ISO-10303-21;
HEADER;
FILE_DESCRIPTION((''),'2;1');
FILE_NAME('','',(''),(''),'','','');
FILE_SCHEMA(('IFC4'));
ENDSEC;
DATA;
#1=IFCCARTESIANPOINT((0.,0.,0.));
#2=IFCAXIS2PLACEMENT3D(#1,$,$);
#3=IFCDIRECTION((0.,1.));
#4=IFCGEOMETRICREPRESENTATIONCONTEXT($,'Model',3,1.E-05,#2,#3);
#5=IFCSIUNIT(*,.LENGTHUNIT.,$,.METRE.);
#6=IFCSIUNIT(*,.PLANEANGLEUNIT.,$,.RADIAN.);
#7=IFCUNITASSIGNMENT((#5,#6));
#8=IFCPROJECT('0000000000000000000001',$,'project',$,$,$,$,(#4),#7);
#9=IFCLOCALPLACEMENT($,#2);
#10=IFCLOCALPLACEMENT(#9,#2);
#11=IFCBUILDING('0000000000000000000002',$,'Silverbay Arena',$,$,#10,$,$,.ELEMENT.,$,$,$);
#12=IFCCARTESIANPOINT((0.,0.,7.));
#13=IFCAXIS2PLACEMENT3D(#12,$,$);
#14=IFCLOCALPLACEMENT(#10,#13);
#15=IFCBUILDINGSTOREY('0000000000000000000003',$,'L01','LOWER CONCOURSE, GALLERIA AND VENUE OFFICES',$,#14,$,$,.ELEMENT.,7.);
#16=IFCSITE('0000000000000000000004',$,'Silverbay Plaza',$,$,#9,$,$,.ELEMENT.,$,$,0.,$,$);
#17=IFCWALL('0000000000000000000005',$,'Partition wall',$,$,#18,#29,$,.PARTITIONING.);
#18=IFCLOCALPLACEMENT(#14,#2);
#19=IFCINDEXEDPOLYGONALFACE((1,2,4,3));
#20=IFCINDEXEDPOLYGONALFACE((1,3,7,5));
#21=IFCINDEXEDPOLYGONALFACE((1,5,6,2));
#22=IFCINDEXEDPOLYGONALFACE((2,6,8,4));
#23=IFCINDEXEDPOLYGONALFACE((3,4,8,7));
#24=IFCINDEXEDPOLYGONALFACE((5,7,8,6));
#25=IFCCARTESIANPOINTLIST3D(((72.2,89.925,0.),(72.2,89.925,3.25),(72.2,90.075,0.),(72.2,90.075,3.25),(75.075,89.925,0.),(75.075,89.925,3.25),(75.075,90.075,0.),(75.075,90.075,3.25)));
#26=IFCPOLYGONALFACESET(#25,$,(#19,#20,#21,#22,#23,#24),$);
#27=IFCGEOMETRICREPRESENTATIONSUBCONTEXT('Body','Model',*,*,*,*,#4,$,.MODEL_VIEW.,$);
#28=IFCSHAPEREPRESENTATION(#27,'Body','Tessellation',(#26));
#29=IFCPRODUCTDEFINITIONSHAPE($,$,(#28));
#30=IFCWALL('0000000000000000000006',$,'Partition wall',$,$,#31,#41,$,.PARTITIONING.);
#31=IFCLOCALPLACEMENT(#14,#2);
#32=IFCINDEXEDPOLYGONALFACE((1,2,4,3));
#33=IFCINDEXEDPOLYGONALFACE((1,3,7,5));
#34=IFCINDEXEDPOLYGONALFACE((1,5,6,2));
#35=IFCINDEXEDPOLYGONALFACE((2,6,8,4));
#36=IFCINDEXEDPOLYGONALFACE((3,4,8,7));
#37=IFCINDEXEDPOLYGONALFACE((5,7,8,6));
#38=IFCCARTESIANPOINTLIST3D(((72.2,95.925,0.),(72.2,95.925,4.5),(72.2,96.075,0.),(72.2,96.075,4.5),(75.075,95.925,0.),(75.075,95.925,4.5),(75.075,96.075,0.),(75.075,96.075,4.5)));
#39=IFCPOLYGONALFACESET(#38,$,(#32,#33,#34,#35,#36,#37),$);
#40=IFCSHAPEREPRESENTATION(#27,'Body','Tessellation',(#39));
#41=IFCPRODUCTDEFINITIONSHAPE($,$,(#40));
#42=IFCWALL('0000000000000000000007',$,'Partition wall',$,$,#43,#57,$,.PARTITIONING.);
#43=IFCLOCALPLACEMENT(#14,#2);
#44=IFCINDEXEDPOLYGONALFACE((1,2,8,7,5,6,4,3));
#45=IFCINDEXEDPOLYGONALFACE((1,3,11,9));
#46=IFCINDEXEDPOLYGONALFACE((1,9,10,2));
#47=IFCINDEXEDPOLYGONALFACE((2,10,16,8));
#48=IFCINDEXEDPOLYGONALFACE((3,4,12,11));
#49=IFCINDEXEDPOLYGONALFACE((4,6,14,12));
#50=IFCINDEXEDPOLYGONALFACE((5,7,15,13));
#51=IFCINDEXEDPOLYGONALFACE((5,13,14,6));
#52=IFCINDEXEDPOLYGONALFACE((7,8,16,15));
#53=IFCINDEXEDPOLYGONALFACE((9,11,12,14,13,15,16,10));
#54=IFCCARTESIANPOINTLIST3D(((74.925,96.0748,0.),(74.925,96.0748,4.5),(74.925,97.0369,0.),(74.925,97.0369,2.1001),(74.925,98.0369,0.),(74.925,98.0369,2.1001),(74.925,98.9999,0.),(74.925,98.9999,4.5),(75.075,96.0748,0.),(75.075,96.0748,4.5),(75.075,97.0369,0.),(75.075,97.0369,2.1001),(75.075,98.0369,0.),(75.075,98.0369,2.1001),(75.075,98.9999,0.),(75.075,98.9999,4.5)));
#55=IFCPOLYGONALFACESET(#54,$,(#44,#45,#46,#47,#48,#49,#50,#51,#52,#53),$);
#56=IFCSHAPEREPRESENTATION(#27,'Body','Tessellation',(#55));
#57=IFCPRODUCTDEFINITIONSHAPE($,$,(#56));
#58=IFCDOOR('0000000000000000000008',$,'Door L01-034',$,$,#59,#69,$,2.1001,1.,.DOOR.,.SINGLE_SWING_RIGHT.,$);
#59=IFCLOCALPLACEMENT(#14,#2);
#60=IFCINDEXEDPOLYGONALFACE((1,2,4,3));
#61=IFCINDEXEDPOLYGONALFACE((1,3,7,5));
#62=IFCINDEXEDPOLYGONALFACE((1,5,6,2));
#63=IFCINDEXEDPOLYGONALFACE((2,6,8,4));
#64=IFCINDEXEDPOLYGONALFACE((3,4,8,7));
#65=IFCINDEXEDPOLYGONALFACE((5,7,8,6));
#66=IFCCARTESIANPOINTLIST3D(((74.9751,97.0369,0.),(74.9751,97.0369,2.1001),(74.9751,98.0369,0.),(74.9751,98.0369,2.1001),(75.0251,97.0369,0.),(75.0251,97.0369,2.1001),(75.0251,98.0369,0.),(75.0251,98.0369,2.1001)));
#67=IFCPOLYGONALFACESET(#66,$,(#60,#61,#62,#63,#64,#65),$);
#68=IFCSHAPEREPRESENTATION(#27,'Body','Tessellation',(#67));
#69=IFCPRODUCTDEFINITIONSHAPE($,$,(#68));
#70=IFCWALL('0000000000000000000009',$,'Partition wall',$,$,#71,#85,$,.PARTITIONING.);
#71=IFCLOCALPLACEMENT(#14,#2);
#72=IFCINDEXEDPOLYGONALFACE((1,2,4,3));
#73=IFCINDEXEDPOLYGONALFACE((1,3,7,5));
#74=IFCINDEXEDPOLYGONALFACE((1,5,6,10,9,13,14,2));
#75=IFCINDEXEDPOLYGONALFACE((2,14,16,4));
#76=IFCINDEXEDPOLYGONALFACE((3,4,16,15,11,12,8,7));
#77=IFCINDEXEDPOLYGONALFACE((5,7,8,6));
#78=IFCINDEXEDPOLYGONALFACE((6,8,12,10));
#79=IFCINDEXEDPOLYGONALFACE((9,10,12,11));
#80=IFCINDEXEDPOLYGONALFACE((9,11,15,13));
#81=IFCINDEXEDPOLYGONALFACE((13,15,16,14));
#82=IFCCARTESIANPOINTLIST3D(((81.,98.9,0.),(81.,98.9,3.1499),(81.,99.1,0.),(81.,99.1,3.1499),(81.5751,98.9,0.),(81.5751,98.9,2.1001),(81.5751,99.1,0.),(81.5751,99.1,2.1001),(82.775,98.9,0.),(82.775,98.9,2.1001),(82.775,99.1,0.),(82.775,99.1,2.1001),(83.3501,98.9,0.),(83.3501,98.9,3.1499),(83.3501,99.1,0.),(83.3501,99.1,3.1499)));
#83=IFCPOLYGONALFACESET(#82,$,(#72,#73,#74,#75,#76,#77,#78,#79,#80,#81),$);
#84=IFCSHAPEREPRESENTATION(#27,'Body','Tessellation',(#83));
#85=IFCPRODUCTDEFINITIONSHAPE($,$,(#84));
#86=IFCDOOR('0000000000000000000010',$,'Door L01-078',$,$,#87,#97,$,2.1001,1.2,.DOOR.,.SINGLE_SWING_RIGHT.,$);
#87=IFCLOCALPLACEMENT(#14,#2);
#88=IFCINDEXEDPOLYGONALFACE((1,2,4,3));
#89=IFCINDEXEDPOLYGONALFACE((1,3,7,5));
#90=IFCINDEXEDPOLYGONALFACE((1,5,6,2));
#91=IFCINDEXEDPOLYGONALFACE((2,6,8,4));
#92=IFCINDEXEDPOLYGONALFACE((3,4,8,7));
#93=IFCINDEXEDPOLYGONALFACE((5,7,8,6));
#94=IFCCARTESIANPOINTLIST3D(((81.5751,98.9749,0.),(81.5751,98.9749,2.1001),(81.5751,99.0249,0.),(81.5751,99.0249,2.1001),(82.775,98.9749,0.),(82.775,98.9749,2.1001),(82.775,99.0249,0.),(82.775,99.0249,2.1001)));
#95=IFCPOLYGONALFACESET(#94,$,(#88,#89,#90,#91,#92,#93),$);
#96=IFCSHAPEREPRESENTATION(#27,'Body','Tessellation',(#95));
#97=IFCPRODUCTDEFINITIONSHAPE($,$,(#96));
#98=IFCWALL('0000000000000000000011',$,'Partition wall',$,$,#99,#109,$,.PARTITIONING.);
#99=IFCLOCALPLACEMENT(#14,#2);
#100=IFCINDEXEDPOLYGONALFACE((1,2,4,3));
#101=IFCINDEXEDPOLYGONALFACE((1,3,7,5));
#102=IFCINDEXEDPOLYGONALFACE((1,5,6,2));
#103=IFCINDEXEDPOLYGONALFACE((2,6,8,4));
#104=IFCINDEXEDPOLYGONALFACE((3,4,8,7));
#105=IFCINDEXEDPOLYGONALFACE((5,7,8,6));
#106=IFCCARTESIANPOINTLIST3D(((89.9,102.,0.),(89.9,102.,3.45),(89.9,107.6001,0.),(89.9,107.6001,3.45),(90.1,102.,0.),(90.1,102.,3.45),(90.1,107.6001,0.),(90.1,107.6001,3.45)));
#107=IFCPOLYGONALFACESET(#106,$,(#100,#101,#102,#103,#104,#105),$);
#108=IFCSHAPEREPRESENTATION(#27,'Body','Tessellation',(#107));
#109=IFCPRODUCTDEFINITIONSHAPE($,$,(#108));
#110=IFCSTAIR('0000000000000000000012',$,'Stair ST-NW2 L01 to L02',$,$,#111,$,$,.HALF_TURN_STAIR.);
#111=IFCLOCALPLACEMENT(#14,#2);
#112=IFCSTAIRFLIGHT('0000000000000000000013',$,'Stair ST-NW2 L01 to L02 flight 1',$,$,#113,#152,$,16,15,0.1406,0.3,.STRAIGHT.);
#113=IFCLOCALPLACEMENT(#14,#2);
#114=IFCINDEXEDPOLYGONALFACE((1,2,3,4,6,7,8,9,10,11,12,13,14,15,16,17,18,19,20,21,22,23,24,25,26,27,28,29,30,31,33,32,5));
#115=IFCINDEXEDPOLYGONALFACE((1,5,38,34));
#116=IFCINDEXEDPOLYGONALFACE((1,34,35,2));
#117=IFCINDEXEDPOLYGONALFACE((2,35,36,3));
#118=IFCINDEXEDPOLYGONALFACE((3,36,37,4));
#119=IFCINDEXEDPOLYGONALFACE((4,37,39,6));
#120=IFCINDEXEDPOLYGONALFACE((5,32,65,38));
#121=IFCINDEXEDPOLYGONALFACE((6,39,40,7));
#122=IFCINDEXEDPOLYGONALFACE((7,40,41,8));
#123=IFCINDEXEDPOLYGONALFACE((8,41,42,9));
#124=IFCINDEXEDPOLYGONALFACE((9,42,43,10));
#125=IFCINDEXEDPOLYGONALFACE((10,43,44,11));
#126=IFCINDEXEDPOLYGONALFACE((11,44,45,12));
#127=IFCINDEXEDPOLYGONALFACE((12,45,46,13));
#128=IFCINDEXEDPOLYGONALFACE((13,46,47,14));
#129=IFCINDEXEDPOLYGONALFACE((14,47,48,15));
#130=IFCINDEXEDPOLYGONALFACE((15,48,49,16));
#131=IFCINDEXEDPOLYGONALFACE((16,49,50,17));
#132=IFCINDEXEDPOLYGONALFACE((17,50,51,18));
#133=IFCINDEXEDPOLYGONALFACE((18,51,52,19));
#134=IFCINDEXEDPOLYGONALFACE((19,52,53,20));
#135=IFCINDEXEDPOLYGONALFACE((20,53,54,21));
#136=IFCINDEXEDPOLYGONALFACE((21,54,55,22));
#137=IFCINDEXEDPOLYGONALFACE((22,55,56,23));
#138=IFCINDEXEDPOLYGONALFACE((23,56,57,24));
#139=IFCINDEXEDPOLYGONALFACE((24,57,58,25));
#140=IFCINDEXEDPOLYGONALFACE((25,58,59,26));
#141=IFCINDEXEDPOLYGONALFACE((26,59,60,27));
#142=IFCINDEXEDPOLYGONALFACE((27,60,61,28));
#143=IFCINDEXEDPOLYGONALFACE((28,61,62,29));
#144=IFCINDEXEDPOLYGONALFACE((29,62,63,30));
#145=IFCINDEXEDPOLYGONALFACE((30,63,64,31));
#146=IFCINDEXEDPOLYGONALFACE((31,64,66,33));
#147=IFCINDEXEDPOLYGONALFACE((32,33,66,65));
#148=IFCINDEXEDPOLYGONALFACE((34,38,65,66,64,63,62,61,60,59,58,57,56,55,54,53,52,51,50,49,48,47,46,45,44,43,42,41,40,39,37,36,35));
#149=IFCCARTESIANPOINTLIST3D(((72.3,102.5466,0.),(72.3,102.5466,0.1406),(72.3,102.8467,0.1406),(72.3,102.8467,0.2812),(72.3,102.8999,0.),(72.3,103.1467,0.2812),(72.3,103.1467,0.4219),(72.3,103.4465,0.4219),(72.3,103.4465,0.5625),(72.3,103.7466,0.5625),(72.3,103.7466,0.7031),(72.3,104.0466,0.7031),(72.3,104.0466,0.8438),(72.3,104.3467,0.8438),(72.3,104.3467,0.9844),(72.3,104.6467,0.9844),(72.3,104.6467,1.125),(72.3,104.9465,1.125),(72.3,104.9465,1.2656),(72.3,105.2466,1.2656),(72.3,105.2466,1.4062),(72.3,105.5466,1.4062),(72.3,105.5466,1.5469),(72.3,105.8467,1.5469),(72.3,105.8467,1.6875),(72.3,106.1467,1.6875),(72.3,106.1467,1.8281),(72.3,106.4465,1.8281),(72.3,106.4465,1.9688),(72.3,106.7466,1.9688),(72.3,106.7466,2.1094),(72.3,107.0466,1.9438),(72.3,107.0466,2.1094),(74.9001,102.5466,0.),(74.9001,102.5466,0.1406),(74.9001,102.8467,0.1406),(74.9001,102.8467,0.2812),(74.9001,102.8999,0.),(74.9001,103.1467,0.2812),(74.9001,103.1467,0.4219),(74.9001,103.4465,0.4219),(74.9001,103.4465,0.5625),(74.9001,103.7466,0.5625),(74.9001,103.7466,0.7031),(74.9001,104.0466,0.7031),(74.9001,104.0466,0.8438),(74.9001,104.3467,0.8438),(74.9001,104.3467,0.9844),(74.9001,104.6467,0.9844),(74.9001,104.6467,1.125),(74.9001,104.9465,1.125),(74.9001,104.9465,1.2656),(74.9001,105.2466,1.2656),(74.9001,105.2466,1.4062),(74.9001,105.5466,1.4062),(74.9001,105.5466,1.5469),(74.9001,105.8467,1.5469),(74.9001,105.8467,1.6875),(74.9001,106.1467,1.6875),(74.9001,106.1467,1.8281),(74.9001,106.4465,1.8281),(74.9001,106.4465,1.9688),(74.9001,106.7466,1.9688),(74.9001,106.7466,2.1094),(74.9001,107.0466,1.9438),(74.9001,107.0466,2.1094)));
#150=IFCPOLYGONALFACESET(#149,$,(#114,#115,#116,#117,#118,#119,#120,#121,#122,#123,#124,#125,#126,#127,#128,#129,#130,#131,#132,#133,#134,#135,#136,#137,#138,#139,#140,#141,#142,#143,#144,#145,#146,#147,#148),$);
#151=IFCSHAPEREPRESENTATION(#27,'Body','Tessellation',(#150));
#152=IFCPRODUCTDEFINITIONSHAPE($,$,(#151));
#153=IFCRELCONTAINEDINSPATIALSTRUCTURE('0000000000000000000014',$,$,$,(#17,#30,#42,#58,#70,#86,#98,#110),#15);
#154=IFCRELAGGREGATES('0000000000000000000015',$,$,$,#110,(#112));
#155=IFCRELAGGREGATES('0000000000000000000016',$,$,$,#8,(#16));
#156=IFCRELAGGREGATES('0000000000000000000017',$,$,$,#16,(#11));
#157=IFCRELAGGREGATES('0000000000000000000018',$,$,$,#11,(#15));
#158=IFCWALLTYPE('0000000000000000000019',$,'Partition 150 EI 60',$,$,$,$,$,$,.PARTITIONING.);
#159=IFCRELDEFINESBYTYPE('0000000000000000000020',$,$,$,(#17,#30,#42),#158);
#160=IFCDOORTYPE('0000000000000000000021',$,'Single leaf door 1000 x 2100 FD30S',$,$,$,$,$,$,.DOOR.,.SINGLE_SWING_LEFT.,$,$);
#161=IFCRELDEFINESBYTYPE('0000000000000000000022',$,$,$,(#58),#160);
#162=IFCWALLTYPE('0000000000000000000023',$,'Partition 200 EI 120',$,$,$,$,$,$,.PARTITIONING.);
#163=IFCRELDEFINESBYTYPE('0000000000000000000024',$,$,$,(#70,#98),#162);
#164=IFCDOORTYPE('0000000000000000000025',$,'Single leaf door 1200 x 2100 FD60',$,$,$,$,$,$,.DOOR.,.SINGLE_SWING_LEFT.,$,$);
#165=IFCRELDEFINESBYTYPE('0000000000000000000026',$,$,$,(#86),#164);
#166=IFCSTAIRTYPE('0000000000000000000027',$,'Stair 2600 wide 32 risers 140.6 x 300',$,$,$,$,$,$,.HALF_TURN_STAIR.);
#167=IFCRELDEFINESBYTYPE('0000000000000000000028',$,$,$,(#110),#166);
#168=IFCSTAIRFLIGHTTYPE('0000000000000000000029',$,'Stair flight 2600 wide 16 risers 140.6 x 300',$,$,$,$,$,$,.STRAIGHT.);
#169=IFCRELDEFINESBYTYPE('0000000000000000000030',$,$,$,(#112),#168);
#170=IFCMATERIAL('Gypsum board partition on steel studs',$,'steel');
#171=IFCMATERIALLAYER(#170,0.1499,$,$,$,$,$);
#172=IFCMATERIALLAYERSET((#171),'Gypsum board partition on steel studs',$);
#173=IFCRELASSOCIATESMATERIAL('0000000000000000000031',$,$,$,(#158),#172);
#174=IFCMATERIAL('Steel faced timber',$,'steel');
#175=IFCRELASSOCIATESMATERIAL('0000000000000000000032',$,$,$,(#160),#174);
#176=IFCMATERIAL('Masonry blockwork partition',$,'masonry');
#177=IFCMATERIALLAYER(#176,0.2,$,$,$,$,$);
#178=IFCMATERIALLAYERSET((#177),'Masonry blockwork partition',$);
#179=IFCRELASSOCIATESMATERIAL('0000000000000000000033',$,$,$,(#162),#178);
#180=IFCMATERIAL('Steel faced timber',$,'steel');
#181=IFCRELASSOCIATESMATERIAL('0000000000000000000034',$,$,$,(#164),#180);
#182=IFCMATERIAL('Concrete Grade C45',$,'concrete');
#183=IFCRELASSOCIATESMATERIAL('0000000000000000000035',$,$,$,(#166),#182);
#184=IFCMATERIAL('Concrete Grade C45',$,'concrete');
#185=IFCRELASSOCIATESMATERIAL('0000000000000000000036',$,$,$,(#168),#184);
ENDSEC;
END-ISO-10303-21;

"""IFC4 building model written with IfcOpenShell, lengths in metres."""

from ifc_helpers import new_model, si_unit, direction, frame, frame_2d, origin, place, context, subcontext, project, spatial, polyline, rectangle, outline, extrude, material, layer, layer_set, type_object, element, fill, aggregate, save


model = new_model("IFC4")

# Units and contexts
model_context = context("Model", 3, precision=1e-05, world=origin(), true_north=direction((0.0, 1.0)))
body_context = subcontext(model_context, "Body", "Model", "MODEL_VIEW")
ifc_project = project(units=[si_unit("LENGTHUNIT", "METRE"), si_unit("PLANEANGLEUNIT", "RADIAN")], contexts=[model_context])

# Site, building, storey
site_placement = place(None, origin())
site = spatial("IfcSite", under=ifc_project, at=site_placement, Name="Silverbay Plaza", CompositionType="ELEMENT", RefElevation=0.0)
building_placement = place(site_placement, origin())
building = spatial("IfcBuilding", under=site, at=building_placement, Name="Silverbay Arena", CompositionType="ELEMENT")
storey_placement = place(building_placement, frame((0.0, 0.0, 7.0)))
storey = spatial("IfcBuildingStorey", under=building, at=storey_placement, Name="L01", Description="LOWER CONCOURSE, GALLERIA AND VENUE OFFICES", CompositionType="ELEMENT", Elevation=7.0)

# Walls
ifc_material_1 = material(Name="Gypsum board partition on steel studs", Category="steel")
ifc_layer_1 = layer(ifc_material_1, 0.1499)
ifc_layer_set_1 = layer_set([ifc_layer_1], Name="Gypsum board partition on steel studs")
wall_type_1 = type_object("IfcWallType", Name="Partition 150 EI 60", PredefinedType="PARTITIONING", material=ifc_layer_set_1)
wall_1_placement = place(storey_placement, frame((72.2, 90.0, 0.0), z_axis=(0.0, 0.0, 1.0), x_axis=(1.0, 0.0, 0.0)))
element("IfcWall", 1, at=wall_1_placement, inside=storey, type_object=wall_type_1, Name="Partition wall", PredefinedType="PARTITIONING", context=body_context, shape_type="SweptSolid", body=[
    extrude(rectangle(XDim=2.875, YDim=0.1499, at=frame_2d((1.4375, 0.0))), origin(), (0.0, 0.0, 1.0), 3.25),
])
wall_2_placement = place(storey_placement, frame((72.2, 96.0, 0.0), z_axis=(0.0, 0.0, 1.0), x_axis=(1.0, 0.0, 0.0)))
element("IfcWall", 2, at=wall_2_placement, inside=storey, type_object=wall_type_1, Name="Partition wall", PredefinedType="PARTITIONING", context=body_context, shape_type="SweptSolid", body=[
    extrude(rectangle(XDim=2.875, YDim=0.1499, at=frame_2d((1.4375, 0.0))), origin(), (0.0, 0.0, 1.0), 4.5),
])

# Walls, openings, doors
wall_3_placement = place(storey_placement, frame((75.0, 96.075, 0.0), z_axis=(0.0, 0.0, 1.0), x_axis=(0.0, 1.0, 0.0)))
wall_3 = element("IfcWall", 3, at=wall_3_placement, inside=storey, type_object=wall_type_1, Name="Partition wall", PredefinedType="PARTITIONING", context=body_context, shape_type="SweptSolid", body=[
    extrude(rectangle(XDim=2.925, YDim=0.1499, at=frame_2d((1.4624, 0.0))), origin(), (0.0, 0.0, 1.0), 4.5),
])
opening_1_placement = place(wall_3_placement, frame((0.9619, 0.0, 0.0)))
opening_1 = element("IfcOpeningElement", 4, at=opening_1_placement, cuts=wall_3, PredefinedType="OPENING", context=body_context, shape_type="SweptSolid", body=[
    extrude(rectangle(XDim=1.0, YDim=2.1001, at=frame_2d((0.5, 1.05))), frame((0.0, 0.085, 0.0), z_axis=(0.0, -1.0, 0.0), x_axis=(1.0, 0.0, 0.0)), (0.0, 0.0, 1.0), 0.1699),
])
ifc_material_2 = material(Name="Steel faced timber", Category="steel")
door_type_1 = type_object("IfcDoorType", Name="Single leaf door 1000 x 2100 FD30S", OperationType="SINGLE_SWING_LEFT", PredefinedType="DOOR", material=ifc_material_2)
door_1_placement = place(opening_1_placement, origin())
door_1 = element("IfcDoor", 5, at=door_1_placement, inside=storey, type_object=door_type_1, Name="Door L01-034", OperationType="SINGLE_SWING_RIGHT", OverallHeight=2.1001, OverallWidth=1.0, PredefinedType="DOOR", context=body_context, shape_type="SweptSolid", body=[
    extrude(rectangle(XDim=1.0, YDim=2.1001, at=frame_2d((0.5, 1.05))), frame((0.0, 0.0249, 0.0), z_axis=(0.0, -1.0, 0.0), x_axis=(1.0, 0.0, 0.0)), (0.0, 0.0, 1.0), 0.05),
])
fill(opening_1, door_1)
ifc_material_3 = material(Name="Masonry blockwork partition", Category="masonry")
ifc_layer_2 = layer(ifc_material_3, 0.2)
ifc_layer_set_2 = layer_set([ifc_layer_2], Name="Masonry blockwork partition")
wall_type_2 = type_object("IfcWallType", Name="Partition 200 EI 120", PredefinedType="PARTITIONING", material=ifc_layer_set_2)
wall_4_placement = place(storey_placement, frame((81.0, 99.0, 0.0), z_axis=(0.0, 0.0, 1.0), x_axis=(1.0, 0.0, 0.0)))
wall_4 = element("IfcWall", 6, at=wall_4_placement, inside=storey, type_object=wall_type_2, Name="Partition wall", PredefinedType="PARTITIONING", context=body_context, shape_type="SweptSolid", body=[
    extrude(rectangle(XDim=2.3501, YDim=0.2, at=frame_2d((1.175, 0.0))), origin(), (0.0, 0.0, 1.0), 3.1499),
])
opening_2_placement = place(wall_4_placement, frame((0.575, 0.0, 0.0)))
opening_2 = element("IfcOpeningElement", 7, at=opening_2_placement, cuts=wall_4, PredefinedType="OPENING", context=body_context, shape_type="SweptSolid", body=[
    extrude(rectangle(XDim=1.2, YDim=2.1001, at=frame_2d((0.6001, 1.05))), frame((0.0, 0.1099, 0.0), z_axis=(0.0, -1.0, 0.0), x_axis=(1.0, 0.0, 0.0)), (0.0, 0.0, 1.0), 0.22),
])
ifc_material_4 = material(Name="Steel faced timber", Category="steel")
door_type_2 = type_object("IfcDoorType", Name="Single leaf door 1200 x 2100 FD60", OperationType="SINGLE_SWING_LEFT", PredefinedType="DOOR", material=ifc_material_4)
door_2_placement = place(opening_2_placement, origin())
door_2 = element("IfcDoor", 8, at=door_2_placement, inside=storey, type_object=door_type_2, Name="Door L01-078", OperationType="SINGLE_SWING_RIGHT", OverallHeight=2.1001, OverallWidth=1.2, PredefinedType="DOOR", context=body_context, shape_type="SweptSolid", body=[
    extrude(rectangle(XDim=1.2, YDim=2.1001, at=frame_2d((0.6001, 1.05))), frame((0.0, 0.0249, 0.0), z_axis=(0.0, -1.0, 0.0), x_axis=(1.0, 0.0, 0.0)), (0.0, 0.0, 1.0), 0.05),
])
fill(opening_2, door_2)

# Wall
wall_5_placement = place(storey_placement, frame((90.0, 102.0, 0.0), z_axis=(0.0, 0.0, 1.0), x_axis=(0.0, 1.0, 0.0)))
element("IfcWall", 9, at=wall_5_placement, inside=storey, type_object=wall_type_2, Name="Partition wall", PredefinedType="PARTITIONING", context=body_context, shape_type="SweptSolid", body=[
    extrude(rectangle(XDim=5.6001, YDim=0.2, at=frame_2d((2.8, 0.0))), origin(), (0.0, 0.0, 1.0), 3.45),
])

# Stair, stair flight
ifc_material_5 = material(Name="Concrete Grade C45", Category="concrete")
stair_type = type_object("IfcStairType", Name="Stair 2600 wide 32 risers 140.6 x 300", PredefinedType="HALF_TURN_STAIR", material=ifc_material_5)
stair_placement = place(storey_placement, origin())
stair = element("IfcStair", 10, at=stair_placement, inside=storey, type_object=stair_type, Name="Stair ST-NW2 L01 to L02", PredefinedType="HALF_TURN_STAIR")
ifc_material_6 = material(Name="Concrete Grade C45", Category="concrete")
stair_flight_type = type_object("IfcStairFlightType", Name="Stair flight 2600 wide 16 risers 140.6 x 300", PredefinedType="STRAIGHT", material=ifc_material_6)
stair_flight_1_placement = place(storey_placement, frame((73.6001, 102.5466, 0.0), z_axis=(0.0, 0.0, 1.0), x_axis=(0.0, 1.0, 0.0)))
stair_flight_1 = element("IfcStairFlight", 11, at=stair_flight_1_placement, type_object=stair_flight_type, Name="Stair ST-NW2 L01 to L02 flight 1", NumberOfRisers=16, NumberOfTreads=15, PredefinedType="STRAIGHT", RiserHeight=0.1406, TreadLength=0.3, context=body_context, shape_type="SweptSolid", body=[
    extrude(outline(polyline([(0.0, 0.0), (0.0, 0.1406), (0.3, 0.1406), (0.3, 0.2812), (0.6001, 0.2812), (0.6001, 0.4219), (0.8999, 0.4219), (0.8999, 0.5625), (1.2, 0.5625), (1.2, 0.7031), (1.5, 0.7031), (1.5, 0.8438), (1.8, 0.8438), (1.8, 0.9844), (2.1001, 0.9844), (2.1001, 1.125), (2.3999, 1.125), (2.3999, 1.2656), (2.7, 1.2656), (2.7, 1.4062), (3.0, 1.4062), (3.0, 1.5469), (3.3, 1.5469), (3.3, 1.6875), (3.6001, 1.6875), (3.6001, 1.8281), (3.8999, 1.8281), (3.8999, 1.9688), (4.2, 1.9688), (4.2, 2.1094), (4.5, 2.1094), (4.5, 1.9438), (0.3533, 0.0), (0.0, 0.0)])), frame((0.0, 1.3, 0.0), z_axis=(0.0, -1.0, 0.0), x_axis=(1.0, 0.0, 0.0)), (0.0, 0.0, 1.0), 2.6001),
])
aggregate(stair, [stair_flight_1])

save(model, "model.ifc")
